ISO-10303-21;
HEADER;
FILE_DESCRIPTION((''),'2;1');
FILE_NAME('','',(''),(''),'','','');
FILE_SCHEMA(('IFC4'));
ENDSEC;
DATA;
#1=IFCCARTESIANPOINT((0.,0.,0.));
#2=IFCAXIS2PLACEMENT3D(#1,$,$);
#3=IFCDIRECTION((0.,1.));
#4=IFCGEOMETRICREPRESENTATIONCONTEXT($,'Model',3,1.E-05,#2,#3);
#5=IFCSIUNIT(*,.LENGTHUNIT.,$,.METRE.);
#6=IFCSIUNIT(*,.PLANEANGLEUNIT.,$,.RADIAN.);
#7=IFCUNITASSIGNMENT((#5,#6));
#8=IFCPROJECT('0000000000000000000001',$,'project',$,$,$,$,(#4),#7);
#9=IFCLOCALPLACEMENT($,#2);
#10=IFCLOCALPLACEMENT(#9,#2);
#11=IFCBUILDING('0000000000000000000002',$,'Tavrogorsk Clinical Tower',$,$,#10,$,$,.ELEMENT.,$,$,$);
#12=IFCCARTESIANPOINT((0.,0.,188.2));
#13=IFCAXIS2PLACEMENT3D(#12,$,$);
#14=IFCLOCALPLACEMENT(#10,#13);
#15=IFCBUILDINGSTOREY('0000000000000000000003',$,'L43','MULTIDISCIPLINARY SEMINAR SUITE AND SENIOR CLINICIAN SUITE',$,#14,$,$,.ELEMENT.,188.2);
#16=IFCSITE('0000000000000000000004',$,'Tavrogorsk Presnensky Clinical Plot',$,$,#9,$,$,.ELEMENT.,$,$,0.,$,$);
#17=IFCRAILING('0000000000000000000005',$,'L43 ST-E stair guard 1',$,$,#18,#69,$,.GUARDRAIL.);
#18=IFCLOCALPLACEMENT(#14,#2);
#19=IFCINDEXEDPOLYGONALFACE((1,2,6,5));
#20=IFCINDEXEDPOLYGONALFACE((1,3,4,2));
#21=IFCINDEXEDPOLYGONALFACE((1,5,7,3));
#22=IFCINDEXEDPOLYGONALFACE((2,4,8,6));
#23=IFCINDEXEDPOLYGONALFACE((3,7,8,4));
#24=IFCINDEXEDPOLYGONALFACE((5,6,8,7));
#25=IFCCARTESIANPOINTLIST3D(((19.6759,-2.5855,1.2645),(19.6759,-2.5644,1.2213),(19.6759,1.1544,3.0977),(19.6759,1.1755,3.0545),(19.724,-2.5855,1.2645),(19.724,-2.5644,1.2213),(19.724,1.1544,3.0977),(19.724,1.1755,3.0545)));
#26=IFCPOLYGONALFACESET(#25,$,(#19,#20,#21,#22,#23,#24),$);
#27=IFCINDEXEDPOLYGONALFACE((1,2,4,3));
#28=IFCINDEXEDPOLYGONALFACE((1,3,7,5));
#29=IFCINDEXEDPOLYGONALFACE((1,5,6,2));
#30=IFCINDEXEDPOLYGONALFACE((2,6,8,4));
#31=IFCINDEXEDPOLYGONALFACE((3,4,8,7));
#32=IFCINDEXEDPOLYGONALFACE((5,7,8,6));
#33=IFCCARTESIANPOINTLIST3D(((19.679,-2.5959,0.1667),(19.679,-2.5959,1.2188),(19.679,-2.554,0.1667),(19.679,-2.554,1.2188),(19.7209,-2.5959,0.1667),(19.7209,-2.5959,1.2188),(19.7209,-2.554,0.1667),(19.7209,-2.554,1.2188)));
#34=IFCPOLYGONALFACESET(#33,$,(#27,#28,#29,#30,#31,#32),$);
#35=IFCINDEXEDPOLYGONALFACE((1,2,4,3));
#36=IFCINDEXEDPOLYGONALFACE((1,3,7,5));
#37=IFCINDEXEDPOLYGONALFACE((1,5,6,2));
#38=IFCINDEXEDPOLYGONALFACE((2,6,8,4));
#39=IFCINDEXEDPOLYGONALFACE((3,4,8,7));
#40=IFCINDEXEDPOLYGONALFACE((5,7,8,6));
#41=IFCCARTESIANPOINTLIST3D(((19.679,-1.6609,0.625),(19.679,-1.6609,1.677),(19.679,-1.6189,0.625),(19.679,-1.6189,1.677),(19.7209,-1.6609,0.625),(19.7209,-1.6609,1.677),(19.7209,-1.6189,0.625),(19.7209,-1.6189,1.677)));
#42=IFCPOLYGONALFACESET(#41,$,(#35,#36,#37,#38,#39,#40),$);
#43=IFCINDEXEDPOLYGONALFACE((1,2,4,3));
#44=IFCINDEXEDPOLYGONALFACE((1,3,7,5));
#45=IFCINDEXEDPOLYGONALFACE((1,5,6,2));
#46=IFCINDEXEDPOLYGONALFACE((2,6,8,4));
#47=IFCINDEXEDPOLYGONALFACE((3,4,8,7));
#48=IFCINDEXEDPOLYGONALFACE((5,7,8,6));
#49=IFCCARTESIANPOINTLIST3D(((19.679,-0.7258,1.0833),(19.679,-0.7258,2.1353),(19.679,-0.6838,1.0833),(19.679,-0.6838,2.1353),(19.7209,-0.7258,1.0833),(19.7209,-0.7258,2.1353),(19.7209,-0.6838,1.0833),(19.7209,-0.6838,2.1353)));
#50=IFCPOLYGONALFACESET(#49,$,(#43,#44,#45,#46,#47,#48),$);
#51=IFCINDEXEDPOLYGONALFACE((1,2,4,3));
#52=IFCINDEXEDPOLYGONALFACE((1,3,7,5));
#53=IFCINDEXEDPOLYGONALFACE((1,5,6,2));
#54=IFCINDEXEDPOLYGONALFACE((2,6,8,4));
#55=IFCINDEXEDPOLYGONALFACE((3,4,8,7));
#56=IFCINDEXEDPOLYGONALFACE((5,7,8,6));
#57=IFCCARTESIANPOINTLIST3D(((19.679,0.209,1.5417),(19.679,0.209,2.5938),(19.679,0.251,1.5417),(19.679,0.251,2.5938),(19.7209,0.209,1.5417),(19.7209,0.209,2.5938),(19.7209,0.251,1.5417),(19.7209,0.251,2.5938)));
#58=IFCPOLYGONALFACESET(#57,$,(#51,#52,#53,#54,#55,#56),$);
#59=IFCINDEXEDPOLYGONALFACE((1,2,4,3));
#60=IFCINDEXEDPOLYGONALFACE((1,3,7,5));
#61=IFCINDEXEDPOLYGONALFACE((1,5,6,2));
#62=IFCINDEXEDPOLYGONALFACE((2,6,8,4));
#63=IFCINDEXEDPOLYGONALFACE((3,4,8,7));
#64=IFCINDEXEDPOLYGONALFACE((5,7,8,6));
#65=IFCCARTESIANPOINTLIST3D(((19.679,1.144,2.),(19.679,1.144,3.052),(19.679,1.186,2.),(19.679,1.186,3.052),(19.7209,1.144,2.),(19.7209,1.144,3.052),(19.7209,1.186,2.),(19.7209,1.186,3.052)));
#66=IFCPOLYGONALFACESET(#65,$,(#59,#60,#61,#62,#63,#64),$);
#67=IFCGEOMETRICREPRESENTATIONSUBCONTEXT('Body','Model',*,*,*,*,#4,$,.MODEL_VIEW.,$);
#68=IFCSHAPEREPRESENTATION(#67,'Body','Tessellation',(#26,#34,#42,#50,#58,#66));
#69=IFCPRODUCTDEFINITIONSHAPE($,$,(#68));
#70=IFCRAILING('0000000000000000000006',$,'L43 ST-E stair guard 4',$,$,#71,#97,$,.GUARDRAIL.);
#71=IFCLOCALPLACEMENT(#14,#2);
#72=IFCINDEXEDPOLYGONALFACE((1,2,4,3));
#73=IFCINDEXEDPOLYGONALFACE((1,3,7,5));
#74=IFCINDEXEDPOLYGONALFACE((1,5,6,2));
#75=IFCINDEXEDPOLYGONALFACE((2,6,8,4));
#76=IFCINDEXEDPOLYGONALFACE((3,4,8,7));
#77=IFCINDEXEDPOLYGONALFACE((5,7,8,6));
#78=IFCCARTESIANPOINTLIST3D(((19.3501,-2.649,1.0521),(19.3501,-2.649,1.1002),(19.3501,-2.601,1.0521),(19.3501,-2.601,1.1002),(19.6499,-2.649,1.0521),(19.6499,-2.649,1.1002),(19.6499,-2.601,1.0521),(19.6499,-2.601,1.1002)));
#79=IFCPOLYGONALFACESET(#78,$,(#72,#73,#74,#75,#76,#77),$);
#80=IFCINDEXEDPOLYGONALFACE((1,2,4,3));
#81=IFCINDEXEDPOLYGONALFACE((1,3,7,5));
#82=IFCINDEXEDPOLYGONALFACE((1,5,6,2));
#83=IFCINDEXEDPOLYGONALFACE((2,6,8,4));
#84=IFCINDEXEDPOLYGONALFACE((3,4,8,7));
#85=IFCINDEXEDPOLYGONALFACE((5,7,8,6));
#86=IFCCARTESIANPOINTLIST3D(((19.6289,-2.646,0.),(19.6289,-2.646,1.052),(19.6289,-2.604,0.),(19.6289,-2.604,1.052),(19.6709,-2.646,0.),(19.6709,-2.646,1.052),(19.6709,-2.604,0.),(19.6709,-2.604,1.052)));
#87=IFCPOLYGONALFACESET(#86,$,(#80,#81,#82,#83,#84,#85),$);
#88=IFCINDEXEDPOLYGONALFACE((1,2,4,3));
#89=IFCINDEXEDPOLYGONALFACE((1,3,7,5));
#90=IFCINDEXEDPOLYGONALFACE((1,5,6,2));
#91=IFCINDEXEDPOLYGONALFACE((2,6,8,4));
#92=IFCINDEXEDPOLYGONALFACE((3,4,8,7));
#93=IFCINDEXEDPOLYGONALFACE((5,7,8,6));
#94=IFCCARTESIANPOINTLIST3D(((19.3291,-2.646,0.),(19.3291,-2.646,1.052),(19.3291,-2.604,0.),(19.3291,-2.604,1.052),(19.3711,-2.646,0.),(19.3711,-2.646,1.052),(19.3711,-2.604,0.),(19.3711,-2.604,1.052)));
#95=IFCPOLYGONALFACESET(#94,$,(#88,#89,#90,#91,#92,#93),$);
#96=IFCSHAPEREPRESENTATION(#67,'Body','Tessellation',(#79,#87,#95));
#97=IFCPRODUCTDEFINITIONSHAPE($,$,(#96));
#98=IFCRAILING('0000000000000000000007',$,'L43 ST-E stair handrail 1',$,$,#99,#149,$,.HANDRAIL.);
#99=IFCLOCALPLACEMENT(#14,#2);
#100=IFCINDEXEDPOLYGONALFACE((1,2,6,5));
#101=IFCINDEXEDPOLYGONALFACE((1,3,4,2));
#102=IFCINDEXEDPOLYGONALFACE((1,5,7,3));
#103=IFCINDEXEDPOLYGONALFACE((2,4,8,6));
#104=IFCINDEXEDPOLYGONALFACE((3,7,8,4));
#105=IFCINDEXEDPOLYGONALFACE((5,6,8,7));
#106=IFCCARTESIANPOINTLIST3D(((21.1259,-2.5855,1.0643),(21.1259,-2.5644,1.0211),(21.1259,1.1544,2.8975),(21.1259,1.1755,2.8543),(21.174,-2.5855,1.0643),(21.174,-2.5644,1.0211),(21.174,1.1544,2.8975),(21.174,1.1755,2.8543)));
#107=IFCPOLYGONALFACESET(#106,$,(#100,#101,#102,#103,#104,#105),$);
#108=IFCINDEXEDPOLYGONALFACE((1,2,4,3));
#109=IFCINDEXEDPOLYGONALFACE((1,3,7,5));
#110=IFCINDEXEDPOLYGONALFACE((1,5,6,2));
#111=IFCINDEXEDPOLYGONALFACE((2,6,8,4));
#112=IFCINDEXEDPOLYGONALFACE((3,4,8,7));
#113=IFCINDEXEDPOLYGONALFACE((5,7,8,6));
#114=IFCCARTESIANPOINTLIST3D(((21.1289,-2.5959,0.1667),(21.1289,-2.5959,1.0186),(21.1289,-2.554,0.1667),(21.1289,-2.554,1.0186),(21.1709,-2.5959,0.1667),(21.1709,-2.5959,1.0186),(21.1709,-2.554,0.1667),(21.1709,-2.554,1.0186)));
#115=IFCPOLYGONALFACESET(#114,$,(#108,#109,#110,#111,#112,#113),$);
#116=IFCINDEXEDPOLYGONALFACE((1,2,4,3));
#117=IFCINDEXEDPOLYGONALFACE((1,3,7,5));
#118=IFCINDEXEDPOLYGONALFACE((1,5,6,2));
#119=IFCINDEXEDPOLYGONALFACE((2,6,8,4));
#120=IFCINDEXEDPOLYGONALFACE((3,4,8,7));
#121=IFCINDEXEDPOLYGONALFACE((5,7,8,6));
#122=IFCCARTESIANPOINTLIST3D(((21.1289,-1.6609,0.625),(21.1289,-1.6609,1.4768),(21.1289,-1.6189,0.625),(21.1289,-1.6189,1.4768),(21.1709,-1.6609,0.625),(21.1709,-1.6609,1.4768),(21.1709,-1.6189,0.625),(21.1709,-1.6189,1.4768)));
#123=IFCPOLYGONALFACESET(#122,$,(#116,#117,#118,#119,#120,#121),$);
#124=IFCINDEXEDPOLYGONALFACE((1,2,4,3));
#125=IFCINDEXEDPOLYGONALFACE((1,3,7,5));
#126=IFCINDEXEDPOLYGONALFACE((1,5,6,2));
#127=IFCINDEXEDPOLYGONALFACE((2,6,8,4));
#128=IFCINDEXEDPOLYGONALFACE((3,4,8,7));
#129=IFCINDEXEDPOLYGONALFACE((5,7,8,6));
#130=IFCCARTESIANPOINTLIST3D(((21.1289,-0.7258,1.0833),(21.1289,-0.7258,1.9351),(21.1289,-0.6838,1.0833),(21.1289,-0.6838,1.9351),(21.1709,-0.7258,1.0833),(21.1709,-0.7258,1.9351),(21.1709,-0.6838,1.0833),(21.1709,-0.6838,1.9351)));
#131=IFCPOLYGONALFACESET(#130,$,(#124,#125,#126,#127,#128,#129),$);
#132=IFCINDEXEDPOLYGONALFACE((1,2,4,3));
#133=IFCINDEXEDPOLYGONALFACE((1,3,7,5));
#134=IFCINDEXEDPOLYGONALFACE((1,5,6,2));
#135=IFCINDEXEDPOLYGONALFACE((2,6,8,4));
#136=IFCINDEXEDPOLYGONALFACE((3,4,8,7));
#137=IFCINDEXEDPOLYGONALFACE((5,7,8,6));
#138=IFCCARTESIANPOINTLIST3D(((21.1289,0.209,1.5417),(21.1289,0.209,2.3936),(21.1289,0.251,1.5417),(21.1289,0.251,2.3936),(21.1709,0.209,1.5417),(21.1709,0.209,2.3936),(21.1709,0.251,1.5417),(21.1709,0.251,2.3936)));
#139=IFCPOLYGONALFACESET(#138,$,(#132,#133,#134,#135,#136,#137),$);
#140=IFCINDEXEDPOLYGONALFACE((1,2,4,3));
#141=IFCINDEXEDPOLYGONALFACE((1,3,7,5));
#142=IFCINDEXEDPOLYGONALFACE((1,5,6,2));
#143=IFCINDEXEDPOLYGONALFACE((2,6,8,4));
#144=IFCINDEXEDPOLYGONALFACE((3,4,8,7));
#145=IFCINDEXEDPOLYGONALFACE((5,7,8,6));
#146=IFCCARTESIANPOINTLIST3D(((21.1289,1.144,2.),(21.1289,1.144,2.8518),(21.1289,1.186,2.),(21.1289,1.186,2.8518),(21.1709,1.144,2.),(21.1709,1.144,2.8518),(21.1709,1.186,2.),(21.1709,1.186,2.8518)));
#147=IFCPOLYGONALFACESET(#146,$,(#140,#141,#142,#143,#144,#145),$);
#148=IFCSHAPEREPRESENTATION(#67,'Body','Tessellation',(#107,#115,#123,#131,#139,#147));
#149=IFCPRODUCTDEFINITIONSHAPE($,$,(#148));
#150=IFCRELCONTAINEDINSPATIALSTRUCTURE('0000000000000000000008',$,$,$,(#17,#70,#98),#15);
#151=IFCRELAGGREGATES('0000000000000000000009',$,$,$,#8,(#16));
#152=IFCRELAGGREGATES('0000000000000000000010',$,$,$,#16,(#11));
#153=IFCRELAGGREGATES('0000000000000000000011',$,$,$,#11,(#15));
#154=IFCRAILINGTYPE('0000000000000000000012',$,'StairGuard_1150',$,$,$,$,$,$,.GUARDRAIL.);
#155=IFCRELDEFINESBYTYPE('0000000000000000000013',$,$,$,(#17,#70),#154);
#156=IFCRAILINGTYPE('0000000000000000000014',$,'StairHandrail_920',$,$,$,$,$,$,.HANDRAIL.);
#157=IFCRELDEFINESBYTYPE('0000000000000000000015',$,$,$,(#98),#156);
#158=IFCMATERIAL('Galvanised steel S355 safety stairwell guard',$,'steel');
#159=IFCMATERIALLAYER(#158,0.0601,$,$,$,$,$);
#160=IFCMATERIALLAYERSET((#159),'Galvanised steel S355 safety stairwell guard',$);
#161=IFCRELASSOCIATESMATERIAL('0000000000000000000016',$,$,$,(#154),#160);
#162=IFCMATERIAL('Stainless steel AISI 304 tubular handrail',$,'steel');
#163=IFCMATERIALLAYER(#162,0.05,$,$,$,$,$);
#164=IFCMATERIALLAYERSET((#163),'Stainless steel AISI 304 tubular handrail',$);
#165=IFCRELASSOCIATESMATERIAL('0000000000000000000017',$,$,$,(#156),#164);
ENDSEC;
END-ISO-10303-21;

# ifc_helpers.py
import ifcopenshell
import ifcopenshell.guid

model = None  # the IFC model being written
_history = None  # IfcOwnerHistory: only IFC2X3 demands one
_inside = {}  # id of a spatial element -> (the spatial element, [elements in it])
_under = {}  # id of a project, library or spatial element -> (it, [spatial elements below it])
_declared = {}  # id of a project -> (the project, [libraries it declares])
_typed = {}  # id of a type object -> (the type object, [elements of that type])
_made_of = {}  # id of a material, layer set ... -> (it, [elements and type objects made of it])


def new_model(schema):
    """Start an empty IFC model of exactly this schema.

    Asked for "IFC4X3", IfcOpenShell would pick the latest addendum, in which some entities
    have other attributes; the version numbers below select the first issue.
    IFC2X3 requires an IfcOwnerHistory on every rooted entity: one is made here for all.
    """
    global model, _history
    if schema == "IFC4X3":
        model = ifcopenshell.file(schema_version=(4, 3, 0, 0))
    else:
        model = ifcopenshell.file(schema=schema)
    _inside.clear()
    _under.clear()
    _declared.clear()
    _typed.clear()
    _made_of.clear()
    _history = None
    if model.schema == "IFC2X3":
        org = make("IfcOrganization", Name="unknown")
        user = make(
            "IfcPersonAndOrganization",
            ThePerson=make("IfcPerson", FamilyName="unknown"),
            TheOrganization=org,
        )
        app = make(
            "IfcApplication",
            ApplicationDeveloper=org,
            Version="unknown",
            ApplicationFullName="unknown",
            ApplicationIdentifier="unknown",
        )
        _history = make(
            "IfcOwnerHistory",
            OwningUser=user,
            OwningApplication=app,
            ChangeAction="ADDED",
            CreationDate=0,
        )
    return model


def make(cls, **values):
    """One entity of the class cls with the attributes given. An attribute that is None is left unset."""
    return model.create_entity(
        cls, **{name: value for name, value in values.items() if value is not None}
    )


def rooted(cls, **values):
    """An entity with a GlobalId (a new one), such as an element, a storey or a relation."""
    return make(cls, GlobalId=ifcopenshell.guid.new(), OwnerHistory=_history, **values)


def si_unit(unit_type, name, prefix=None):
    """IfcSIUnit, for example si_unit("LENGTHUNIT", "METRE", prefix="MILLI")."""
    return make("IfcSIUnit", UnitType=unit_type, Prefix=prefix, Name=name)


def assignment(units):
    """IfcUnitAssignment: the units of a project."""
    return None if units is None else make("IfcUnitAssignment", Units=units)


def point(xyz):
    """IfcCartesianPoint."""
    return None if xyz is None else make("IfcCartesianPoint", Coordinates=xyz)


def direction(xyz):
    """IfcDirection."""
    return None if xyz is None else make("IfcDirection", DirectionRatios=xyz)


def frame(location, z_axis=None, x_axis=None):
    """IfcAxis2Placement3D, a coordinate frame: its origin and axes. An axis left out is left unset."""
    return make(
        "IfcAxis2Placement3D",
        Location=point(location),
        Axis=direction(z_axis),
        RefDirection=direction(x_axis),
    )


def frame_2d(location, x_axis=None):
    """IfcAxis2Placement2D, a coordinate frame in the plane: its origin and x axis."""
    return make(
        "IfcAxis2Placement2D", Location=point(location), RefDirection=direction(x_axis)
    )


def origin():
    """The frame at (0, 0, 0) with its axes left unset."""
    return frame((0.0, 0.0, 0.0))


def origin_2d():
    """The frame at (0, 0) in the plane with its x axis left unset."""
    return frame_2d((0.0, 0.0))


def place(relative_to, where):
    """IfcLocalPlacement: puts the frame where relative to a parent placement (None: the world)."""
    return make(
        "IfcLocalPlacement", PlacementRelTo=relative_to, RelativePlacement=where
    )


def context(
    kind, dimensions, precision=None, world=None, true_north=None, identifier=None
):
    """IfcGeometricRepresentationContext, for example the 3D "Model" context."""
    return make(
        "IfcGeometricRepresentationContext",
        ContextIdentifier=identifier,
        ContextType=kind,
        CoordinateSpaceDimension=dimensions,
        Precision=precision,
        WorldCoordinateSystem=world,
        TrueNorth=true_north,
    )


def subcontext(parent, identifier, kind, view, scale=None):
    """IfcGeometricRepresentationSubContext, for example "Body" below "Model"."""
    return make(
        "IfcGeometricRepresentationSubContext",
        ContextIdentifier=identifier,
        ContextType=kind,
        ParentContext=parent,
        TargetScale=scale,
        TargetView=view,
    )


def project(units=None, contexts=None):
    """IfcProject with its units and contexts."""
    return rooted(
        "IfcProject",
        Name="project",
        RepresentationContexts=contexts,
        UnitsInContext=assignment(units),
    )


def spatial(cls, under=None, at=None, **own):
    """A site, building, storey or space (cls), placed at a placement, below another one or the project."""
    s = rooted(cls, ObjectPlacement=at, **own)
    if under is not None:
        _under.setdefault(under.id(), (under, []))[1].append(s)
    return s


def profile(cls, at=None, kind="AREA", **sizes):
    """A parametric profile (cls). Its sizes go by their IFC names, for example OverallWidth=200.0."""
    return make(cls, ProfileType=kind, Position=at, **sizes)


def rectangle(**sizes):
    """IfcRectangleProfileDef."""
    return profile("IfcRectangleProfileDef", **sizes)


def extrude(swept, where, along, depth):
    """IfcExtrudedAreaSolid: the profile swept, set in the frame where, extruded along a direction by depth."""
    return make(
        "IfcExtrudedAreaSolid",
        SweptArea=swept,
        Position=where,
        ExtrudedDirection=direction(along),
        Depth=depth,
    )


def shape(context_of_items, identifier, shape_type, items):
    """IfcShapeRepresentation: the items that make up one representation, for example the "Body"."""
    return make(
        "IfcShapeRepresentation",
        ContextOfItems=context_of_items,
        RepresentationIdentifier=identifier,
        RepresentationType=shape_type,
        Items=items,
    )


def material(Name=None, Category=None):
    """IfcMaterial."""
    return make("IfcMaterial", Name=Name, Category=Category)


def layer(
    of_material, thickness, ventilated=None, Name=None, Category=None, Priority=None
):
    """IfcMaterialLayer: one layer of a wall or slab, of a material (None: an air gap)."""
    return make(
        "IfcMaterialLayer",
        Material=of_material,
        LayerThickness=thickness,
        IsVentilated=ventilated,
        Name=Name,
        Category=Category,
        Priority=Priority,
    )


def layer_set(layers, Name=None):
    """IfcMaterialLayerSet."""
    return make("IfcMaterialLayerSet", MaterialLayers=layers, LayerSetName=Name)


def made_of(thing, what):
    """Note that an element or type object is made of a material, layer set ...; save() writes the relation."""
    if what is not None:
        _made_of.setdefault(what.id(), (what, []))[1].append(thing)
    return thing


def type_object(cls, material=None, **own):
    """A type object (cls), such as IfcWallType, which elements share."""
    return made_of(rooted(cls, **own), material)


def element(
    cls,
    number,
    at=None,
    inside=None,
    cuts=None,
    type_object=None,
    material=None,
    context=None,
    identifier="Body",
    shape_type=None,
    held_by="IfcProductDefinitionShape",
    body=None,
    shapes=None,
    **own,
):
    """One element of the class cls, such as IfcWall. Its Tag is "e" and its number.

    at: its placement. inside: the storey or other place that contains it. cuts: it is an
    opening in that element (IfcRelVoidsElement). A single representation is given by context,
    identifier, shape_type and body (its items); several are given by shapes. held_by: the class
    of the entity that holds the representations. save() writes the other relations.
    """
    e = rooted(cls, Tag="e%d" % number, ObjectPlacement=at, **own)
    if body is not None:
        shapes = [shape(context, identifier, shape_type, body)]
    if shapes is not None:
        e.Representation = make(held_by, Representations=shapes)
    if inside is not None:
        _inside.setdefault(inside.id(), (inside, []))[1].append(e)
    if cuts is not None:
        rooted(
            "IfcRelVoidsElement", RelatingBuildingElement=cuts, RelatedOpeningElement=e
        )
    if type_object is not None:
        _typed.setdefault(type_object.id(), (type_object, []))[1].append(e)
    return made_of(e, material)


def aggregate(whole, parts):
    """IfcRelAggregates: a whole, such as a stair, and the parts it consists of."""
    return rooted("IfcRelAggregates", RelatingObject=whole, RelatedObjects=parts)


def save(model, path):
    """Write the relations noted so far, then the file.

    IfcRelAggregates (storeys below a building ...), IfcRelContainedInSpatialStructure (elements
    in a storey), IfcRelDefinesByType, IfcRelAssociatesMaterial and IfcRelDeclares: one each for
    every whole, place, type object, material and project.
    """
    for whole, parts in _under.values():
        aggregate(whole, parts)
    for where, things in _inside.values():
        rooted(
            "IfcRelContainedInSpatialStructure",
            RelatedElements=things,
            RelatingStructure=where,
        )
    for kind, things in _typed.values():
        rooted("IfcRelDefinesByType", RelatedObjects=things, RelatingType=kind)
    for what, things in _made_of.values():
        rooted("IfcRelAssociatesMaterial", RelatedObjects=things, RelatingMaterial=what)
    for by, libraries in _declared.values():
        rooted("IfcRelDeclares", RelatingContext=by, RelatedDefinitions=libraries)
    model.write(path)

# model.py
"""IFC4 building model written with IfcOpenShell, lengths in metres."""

from ifc_helpers import new_model, si_unit, direction, frame, origin, origin_2d, place, context, subcontext, project, spatial, rectangle, extrude, material, layer, layer_set, type_object, element, save


model = new_model("IFC4")

# Units and contexts
model_context = context("Model", 3, precision=1e-05, world=origin(), true_north=direction((0.0, 1.0)))
body_context = subcontext(model_context, "Body", "Model", "MODEL_VIEW")
ifc_project = project(units=[si_unit("LENGTHUNIT", "METRE"), si_unit("PLANEANGLEUNIT", "RADIAN")], contexts=[model_context])

# Site, building, storey
site_placement = place(None, origin())
site = spatial("IfcSite", under=ifc_project, at=site_placement, Name="Tavrogorsk Presnensky Clinical Plot", CompositionType="ELEMENT", RefElevation=0.0)
building_placement = place(site_placement, origin())
building = spatial("IfcBuilding", under=site, at=building_placement, Name="Tavrogorsk Clinical Tower", CompositionType="ELEMENT")
storey_placement = place(building_placement, frame((0.0, 0.0, 188.2)))
storey = spatial("IfcBuildingStorey", under=building, at=storey_placement, Name="L43", Description="MULTIDISCIPLINARY SEMINAR SUITE AND SENIOR CLINICIAN SUITE", CompositionType="ELEMENT", Elevation=188.2)

# Railings
ifc_material_1 = material(Name="Galvanised steel S355 safety stairwell guard", Category="steel")
ifc_layer_1 = layer(ifc_material_1, 0.0601)
ifc_layer_set_1 = layer_set([ifc_layer_1], Name="Galvanised steel S355 safety stairwell guard")
railing_type_1 = type_object("IfcRailingType", Name="StairGuard_1150", PredefinedType="GUARDRAIL", material=ifc_layer_set_1)
railing_1_placement = place(storey_placement, frame((19.7, -2.575, 0.1667)))
element("IfcRailing", 1, at=railing_1_placement, inside=storey, type_object=railing_type_1, Name="L43 ST-E stair guard 1", PredefinedType="GUARDRAIL", context=body_context, shape_type="SweptSolid", body=[
    extrude(rectangle(XDim=0.0481, YDim=0.0481, at=origin_2d()), frame((0.0, 0.0, 1.0762), z_axis=(0.0, 0.897928, 0.440142), x_axis=(-1.0, 0.0, 0.0)), (0.0, 0.0, 1.0), 4.165),
    extrude(rectangle(XDim=0.042, YDim=0.042, at=origin_2d()), origin(), (0.0, 0.0, 1.0), 1.052),
    extrude(rectangle(XDim=0.042, YDim=0.042, at=origin_2d()), frame((0.0, 0.9351, 0.4583)), (0.0, 0.0, 1.0), 1.052),
    extrude(rectangle(XDim=0.042, YDim=0.042, at=origin_2d()), frame((0.0, 1.8701, 0.9165)), (0.0, 0.0, 1.0), 1.052),
    extrude(rectangle(XDim=0.042, YDim=0.042, at=origin_2d()), frame((0.0, 2.8049, 1.375)), (0.0, 0.0, 1.0), 1.052),
    extrude(rectangle(XDim=0.042, YDim=0.042, at=origin_2d()), frame((0.0, 3.74, 1.8333)), (0.0, 0.0, 1.0), 1.052),
])
railing_2_placement = place(storey_placement, frame((19.6499, -2.625, 0.0)))
element("IfcRailing", 2, at=railing_2_placement, inside=storey, type_object=railing_type_1, Name="L43 ST-E stair guard 4", PredefinedType="GUARDRAIL", context=body_context, shape_type="SweptSolid", body=[
    extrude(rectangle(XDim=0.0481, YDim=0.0481, at=origin_2d()), frame((0.0, 0.0, 1.0762), z_axis=(-1.0, 0.0, 0.0), x_axis=(0.0, -1.0, 0.0)), (0.0, 0.0, 1.0), 0.2998),
    extrude(rectangle(XDim=0.042, YDim=0.042, at=origin_2d()), origin(), (0.0, 0.0, 1.0), 1.052),
    extrude(rectangle(XDim=0.042, YDim=0.042, at=origin_2d()), frame((-0.2998, 0.0, 0.0)), (0.0, 0.0, 1.0), 1.052),
])
ifc_material_2 = material(Name="Stainless steel AISI 304 tubular handrail", Category="steel")
ifc_layer_2 = layer(ifc_material_2, 0.05)
ifc_layer_set_2 = layer_set([ifc_layer_2], Name="Stainless steel AISI 304 tubular handrail")
railing_type_2 = type_object("IfcRailingType", Name="StairHandrail_920", PredefinedType="HANDRAIL", material=ifc_layer_set_2)
railing_3_placement = place(storey_placement, frame((21.1499, -2.575, 0.1667)))
element("IfcRailing", 3, at=railing_3_placement, inside=storey, type_object=railing_type_2, Name="L43 ST-E stair handrail 1", PredefinedType="HANDRAIL", context=body_context, shape_type="SweptSolid", body=[
    extrude(rectangle(XDim=0.0481, YDim=0.0481, at=origin_2d()), frame((0.0, 0.0, 0.876), z_axis=(0.0, 0.897928, 0.440142), x_axis=(-1.0, 0.0, 0.0)), (0.0, 0.0, 1.0), 4.165),
    extrude(rectangle(XDim=0.042, YDim=0.042, at=origin_2d()), origin(), (0.0, 0.0, 1.0), 0.8518),
    extrude(rectangle(XDim=0.042, YDim=0.042, at=origin_2d()), frame((0.0, 0.9351, 0.4583)), (0.0, 0.0, 1.0), 0.8518),
    extrude(rectangle(XDim=0.042, YDim=0.042, at=origin_2d()), frame((0.0, 1.8701, 0.9165)), (0.0, 0.0, 1.0), 0.8518),
    extrude(rectangle(XDim=0.042, YDim=0.042, at=origin_2d()), frame((0.0, 2.8049, 1.375)), (0.0, 0.0, 1.0), 0.8518),
    extrude(rectangle(XDim=0.042, YDim=0.042, at=origin_2d()), frame((0.0, 3.74, 1.8333)), (0.0, 0.0, 1.0), 0.8518),
])

save(model, "model.ifc")
